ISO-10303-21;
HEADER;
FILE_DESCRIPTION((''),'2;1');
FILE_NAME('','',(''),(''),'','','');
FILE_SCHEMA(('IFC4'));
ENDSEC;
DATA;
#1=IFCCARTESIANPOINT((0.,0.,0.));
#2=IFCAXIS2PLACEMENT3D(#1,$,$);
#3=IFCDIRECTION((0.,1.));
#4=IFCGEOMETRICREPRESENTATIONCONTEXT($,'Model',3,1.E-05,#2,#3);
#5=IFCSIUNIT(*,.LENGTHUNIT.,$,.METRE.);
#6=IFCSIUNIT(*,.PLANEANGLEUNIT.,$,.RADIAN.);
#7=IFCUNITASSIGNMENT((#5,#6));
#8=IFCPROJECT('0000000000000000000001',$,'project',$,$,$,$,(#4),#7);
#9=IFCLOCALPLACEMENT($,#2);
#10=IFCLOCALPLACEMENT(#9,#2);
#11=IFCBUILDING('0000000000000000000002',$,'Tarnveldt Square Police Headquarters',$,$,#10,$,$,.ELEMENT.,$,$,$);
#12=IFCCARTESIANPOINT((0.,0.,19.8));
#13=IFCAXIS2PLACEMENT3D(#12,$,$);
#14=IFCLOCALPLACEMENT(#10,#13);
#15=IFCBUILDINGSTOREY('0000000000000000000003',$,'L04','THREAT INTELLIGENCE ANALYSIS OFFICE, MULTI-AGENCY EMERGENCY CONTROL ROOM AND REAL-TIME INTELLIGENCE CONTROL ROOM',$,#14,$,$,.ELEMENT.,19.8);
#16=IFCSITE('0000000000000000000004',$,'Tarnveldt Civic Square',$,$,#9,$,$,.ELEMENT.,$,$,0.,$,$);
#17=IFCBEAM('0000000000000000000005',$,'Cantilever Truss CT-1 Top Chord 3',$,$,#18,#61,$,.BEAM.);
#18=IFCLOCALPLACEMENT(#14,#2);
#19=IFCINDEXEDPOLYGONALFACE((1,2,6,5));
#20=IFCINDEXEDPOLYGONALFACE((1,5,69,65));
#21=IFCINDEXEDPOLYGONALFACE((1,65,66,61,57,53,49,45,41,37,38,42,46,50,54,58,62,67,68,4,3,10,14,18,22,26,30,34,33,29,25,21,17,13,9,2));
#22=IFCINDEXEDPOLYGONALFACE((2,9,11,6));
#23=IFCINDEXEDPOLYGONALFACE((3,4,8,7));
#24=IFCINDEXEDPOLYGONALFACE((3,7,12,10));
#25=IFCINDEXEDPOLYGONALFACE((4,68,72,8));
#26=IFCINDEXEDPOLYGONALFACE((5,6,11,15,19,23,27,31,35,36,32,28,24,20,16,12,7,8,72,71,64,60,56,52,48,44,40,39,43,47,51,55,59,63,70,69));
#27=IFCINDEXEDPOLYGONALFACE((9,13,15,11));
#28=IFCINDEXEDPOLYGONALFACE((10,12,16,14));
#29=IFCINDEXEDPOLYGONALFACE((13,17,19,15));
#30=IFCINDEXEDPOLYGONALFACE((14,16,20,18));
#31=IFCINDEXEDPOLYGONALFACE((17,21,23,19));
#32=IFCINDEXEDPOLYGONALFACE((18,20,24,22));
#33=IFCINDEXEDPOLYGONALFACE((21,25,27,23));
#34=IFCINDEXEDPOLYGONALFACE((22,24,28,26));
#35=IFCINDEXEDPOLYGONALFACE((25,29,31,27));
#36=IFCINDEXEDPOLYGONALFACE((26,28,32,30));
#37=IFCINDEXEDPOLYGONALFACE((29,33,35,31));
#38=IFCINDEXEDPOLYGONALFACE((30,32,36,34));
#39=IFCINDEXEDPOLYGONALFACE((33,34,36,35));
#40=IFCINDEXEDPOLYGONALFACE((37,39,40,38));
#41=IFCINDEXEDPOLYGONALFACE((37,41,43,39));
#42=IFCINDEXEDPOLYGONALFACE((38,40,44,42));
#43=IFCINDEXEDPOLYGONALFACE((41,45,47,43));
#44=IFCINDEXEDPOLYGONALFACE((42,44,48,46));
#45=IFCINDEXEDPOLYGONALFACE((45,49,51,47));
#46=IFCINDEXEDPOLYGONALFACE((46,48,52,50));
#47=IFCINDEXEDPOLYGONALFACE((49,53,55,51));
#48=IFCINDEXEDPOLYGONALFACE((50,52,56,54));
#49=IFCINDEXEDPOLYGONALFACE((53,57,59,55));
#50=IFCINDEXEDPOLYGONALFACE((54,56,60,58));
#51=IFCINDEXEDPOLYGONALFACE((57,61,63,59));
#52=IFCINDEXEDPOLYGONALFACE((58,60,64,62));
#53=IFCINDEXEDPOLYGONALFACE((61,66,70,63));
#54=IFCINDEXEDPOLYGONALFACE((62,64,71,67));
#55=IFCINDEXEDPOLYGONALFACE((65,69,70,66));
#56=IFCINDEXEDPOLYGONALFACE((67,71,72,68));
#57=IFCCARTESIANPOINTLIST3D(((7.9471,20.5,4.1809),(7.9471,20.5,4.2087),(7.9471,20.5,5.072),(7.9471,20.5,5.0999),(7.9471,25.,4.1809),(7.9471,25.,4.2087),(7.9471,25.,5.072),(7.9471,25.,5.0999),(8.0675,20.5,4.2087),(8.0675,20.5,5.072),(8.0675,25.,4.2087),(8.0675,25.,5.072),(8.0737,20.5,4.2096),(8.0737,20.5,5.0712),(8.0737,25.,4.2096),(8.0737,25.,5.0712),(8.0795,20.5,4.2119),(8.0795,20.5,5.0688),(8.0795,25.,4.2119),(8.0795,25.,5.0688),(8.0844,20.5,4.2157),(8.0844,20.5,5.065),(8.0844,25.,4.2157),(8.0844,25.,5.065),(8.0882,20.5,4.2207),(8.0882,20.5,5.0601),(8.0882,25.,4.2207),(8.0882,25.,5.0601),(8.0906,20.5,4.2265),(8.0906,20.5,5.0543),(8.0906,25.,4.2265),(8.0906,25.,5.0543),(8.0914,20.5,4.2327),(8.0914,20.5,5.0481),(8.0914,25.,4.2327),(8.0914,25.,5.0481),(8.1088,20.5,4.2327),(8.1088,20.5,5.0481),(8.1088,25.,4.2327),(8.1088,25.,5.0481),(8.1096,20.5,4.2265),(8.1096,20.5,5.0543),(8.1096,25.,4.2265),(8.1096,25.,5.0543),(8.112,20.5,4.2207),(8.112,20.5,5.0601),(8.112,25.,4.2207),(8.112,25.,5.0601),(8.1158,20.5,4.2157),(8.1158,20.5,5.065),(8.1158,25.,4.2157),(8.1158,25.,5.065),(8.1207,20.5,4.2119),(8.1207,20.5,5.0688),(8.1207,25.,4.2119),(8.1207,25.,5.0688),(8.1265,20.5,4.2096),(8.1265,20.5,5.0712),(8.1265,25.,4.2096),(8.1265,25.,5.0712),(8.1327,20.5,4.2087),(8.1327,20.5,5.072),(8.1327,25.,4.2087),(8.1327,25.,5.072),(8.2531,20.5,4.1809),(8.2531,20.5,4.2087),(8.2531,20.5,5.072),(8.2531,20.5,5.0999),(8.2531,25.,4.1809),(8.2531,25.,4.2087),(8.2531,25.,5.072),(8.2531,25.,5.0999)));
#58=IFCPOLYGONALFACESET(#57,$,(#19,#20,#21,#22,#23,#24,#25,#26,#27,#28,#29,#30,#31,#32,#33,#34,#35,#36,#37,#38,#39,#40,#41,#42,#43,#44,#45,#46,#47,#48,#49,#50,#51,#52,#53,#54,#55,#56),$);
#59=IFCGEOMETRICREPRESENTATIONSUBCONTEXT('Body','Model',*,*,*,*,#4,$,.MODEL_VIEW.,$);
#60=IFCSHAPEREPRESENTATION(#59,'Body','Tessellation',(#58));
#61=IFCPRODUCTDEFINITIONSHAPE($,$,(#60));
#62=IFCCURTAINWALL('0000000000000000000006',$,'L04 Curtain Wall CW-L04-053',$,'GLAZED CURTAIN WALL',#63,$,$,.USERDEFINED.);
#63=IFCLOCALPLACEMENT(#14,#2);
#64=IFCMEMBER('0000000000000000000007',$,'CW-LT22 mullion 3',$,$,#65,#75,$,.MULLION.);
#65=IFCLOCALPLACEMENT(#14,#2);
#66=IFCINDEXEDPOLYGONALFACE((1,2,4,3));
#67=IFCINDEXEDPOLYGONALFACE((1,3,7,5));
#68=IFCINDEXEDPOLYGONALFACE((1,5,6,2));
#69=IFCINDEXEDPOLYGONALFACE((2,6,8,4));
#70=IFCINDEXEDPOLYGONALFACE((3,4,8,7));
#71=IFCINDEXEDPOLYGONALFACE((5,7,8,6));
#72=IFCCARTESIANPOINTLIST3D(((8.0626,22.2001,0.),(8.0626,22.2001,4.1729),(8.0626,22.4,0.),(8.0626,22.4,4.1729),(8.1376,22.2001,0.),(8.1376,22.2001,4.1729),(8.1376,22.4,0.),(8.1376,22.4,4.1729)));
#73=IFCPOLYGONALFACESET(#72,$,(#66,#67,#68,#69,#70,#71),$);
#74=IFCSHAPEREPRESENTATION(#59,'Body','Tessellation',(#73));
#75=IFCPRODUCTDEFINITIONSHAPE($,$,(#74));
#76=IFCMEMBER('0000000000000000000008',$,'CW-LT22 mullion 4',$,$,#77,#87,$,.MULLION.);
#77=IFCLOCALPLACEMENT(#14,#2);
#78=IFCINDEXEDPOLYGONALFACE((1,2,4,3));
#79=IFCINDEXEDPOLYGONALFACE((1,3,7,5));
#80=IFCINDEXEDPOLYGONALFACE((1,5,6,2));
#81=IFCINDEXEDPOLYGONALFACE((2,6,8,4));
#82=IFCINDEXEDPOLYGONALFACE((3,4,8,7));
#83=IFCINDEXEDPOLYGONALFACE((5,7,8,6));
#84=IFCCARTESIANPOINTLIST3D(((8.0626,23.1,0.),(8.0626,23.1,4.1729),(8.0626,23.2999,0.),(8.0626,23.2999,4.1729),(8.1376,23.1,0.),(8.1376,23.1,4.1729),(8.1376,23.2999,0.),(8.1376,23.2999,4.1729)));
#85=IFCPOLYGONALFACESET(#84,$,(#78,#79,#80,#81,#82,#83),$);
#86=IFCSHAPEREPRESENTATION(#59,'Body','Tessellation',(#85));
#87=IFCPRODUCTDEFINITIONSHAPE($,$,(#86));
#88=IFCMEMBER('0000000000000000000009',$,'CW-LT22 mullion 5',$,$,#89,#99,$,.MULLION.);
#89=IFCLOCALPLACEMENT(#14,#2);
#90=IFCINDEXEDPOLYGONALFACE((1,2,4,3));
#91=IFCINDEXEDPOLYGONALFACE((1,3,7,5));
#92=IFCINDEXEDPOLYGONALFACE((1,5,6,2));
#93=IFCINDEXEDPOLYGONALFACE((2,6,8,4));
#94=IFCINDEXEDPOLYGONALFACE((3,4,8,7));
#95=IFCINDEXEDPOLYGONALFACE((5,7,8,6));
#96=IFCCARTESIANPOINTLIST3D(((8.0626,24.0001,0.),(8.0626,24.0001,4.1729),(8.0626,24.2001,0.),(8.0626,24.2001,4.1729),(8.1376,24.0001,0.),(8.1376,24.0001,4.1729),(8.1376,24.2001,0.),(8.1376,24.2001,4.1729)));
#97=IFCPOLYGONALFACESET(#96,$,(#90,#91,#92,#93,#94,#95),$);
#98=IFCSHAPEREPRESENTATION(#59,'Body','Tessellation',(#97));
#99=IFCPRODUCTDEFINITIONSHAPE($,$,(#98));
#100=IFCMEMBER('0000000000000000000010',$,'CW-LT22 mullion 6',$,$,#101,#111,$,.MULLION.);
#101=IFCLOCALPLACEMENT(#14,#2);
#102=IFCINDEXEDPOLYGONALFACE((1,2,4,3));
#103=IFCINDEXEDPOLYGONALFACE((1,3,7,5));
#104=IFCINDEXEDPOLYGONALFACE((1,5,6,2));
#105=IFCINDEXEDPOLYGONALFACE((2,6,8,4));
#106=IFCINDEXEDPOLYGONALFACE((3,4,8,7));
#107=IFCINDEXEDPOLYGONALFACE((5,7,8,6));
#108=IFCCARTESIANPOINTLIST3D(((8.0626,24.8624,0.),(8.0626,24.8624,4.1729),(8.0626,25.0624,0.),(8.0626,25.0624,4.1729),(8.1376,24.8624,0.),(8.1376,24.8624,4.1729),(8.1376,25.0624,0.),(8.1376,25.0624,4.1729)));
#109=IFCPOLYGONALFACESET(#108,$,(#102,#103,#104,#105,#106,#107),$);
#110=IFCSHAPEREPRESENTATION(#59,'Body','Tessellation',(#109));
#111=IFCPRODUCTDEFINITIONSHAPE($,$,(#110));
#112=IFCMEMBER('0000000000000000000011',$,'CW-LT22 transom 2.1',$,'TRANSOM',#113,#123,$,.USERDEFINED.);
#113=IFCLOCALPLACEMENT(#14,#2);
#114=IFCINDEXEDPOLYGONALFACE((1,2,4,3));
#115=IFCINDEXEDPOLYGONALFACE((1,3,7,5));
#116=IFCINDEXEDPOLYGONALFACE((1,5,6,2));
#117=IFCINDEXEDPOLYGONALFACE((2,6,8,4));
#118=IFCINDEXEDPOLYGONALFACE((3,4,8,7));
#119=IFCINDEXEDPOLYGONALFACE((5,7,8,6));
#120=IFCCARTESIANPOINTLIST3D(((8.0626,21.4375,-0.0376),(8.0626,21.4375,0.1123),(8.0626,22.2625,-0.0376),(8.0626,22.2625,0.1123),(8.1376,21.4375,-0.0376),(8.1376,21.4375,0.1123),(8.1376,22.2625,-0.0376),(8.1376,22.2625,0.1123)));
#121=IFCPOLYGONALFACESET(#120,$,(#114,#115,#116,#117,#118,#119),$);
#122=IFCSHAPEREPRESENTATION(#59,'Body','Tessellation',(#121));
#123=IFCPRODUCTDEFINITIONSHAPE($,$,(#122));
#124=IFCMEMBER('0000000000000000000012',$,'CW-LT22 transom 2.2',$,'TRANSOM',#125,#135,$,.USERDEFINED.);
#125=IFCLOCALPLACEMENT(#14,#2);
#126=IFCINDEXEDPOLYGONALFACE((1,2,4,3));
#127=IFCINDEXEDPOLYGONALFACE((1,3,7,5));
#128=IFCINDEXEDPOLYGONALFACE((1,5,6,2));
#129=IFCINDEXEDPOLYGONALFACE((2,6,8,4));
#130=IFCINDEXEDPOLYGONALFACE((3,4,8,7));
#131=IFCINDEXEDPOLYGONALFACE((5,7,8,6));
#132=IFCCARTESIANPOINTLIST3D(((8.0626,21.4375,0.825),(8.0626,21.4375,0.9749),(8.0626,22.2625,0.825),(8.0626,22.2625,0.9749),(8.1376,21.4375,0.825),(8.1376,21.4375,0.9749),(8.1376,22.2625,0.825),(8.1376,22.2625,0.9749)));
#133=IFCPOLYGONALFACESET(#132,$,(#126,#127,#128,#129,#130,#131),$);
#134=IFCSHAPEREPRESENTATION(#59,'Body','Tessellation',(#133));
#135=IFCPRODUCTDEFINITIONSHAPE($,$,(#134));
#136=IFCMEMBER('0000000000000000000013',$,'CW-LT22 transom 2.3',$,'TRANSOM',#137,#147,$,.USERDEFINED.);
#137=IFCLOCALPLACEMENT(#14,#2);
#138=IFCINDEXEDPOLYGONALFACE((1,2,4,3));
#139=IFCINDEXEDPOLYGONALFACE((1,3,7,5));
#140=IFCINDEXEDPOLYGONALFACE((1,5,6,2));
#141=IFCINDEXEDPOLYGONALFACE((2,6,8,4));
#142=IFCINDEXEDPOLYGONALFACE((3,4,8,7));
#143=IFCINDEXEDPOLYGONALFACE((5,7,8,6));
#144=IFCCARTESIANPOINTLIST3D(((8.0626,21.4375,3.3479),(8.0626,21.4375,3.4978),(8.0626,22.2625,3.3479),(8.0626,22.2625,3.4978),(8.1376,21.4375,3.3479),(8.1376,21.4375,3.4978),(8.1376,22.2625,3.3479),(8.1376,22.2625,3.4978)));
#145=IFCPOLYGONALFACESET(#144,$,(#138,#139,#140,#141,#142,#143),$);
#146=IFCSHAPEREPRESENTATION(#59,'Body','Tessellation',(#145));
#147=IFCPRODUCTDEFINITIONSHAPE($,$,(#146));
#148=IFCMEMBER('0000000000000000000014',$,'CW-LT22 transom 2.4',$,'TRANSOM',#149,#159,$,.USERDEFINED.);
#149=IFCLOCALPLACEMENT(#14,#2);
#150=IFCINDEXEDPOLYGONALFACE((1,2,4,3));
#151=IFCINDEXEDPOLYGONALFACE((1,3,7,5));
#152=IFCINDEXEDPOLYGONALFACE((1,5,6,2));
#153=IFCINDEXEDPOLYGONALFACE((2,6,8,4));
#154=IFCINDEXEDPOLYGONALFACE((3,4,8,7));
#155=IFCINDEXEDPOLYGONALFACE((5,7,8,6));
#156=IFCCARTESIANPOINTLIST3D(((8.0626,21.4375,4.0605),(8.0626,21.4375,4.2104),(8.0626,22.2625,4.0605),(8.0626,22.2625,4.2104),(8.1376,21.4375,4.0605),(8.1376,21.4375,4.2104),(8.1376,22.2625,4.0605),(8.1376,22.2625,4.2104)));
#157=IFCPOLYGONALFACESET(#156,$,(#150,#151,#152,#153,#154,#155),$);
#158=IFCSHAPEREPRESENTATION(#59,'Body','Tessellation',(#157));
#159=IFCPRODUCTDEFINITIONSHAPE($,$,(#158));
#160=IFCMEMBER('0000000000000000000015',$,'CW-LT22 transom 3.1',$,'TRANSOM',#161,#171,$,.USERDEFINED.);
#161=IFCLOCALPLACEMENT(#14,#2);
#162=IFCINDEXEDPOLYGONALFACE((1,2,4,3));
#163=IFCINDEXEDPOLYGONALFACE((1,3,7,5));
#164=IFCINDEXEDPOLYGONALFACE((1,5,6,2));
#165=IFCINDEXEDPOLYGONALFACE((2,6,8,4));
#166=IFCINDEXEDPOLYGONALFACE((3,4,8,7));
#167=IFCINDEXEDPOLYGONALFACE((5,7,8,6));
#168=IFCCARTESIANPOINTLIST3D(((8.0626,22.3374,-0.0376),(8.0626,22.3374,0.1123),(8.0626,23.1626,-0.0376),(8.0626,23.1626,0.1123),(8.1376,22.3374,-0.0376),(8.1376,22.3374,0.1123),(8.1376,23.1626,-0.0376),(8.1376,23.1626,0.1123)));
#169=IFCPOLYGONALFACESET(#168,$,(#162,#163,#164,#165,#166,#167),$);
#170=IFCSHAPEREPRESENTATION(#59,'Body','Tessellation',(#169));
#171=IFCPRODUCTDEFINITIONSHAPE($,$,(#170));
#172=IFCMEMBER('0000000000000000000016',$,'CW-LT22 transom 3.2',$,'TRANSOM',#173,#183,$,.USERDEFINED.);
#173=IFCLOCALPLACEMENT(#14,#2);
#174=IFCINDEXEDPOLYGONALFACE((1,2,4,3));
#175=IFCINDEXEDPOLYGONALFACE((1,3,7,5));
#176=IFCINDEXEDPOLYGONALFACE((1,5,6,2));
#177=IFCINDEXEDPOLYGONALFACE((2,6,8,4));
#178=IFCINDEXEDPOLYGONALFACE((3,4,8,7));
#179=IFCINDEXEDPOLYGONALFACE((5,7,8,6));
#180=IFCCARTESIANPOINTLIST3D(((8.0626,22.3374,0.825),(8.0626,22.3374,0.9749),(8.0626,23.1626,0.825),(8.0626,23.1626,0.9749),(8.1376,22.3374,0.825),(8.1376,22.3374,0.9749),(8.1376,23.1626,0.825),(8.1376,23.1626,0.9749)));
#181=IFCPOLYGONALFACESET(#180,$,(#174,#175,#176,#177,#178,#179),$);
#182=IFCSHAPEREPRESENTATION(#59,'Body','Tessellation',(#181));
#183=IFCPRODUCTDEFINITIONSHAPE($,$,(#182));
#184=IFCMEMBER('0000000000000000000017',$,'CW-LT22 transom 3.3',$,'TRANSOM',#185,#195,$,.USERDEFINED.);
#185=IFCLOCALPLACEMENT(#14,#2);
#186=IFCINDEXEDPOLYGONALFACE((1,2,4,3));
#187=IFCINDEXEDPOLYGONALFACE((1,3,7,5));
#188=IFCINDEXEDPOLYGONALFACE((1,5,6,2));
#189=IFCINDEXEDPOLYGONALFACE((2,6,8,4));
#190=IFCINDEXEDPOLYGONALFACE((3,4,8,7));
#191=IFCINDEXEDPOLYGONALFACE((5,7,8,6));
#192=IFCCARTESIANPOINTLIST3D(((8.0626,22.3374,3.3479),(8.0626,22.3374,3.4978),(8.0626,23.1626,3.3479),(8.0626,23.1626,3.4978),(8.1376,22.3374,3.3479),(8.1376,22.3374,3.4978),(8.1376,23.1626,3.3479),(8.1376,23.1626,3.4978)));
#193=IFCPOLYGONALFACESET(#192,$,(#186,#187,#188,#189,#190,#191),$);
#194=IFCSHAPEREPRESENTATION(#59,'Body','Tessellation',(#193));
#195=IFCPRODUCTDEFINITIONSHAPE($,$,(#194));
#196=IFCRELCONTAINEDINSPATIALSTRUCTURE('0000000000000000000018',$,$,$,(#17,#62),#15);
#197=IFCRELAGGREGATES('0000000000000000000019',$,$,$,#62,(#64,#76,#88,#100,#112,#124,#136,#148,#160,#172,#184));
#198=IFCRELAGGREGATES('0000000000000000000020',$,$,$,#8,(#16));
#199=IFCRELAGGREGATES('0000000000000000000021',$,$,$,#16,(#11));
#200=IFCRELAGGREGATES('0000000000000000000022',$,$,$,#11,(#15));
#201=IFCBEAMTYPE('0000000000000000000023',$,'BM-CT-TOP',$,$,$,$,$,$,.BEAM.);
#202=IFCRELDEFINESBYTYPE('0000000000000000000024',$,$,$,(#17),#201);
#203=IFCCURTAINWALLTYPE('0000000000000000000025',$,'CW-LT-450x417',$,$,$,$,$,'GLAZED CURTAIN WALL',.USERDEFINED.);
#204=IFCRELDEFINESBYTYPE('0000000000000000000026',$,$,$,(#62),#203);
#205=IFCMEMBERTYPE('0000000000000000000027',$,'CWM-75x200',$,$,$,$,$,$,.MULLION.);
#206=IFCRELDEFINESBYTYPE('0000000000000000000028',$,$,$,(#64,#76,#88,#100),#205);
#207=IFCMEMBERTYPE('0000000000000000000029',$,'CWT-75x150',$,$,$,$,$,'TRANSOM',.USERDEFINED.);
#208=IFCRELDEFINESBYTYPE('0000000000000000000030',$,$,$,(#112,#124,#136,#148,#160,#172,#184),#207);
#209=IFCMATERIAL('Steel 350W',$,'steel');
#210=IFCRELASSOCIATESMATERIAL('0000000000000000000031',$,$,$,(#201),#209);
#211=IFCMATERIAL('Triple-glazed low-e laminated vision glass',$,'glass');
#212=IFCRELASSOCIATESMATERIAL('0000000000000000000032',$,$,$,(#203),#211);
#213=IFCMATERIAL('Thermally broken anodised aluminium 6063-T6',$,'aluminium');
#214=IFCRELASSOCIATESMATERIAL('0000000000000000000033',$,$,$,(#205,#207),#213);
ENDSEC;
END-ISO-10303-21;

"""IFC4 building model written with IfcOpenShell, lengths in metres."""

from ifc_helpers import new_model, si_unit, direction, frame, origin, origin_2d, place, context, subcontext, project, spatial, rectangle, i_section, extrude, material, material_profile, profile_set, type_object, element, aggregate, save


model = new_model("IFC4")

# Units and contexts
model_context = context("Model", 3, precision=1e-05, world=origin(), true_north=direction((0.0, 1.0)))
body_context = subcontext(model_context, "Body", "Model", "MODEL_VIEW")
ifc_project = project(units=[si_unit("LENGTHUNIT", "METRE"), si_unit("PLANEANGLEUNIT", "RADIAN")], contexts=[model_context])

# Site, building, storey
site_placement = place(None, origin())
site = spatial("IfcSite", under=ifc_project, at=site_placement, Name="Tarnveldt Civic Square", CompositionType="ELEMENT", RefElevation=0.0)
building_placement = place(site_placement, origin())
building = spatial("IfcBuilding", under=site, at=building_placement, Name="Tarnveldt Square Police Headquarters", CompositionType="ELEMENT")
storey_placement = place(building_placement, frame((0.0, 0.0, 19.8)))
storey = spatial("IfcBuildingStorey", under=building, at=storey_placement, Name="L04", Description="THREAT INTELLIGENCE ANALYSIS OFFICE, MULTI-AGENCY EMERGENCY CONTROL ROOM AND REAL-TIME INTELLIGENCE CONTROL ROOM", CompositionType="ELEMENT", Elevation=19.8)

# Beam
ifc_material_1 = material(Name="Steel 350W", Category="steel")
ifc_material_profile_1 = material_profile(ifc_material_1, i_section(OverallWidth=0.3059, OverallDepth=0.9189, WebThickness=0.0173, FlangeThickness=0.0278, FilletRadius=0.0239, at=origin_2d()), Name="W920x253")
ifc_profile_set_1 = profile_set([ifc_material_profile_1], Name="Steel 350W")
beam_type = type_object("IfcBeamType", Name="BM-CT-TOP", PredefinedType="BEAM", material=ifc_profile_set_1)
beam_placement = place(storey_placement, frame((8.1001, 25.0, 4.6404), z_axis=(0.0, -1.0, 0.0), x_axis=(1.0, 0.0, 0.0)))
element("IfcBeam", 1, at=beam_placement, inside=storey, type_object=beam_type, Name="Cantilever Truss CT-1 Top Chord 3", PredefinedType="BEAM", context=body_context, shape_type="SweptSolid", body=[
    extrude(i_section(OverallWidth=0.3059, OverallDepth=0.9189, WebThickness=0.0173, FlangeThickness=0.0278, FilletRadius=0.0239, at=origin_2d()), origin(), (0.0, 0.0, 1.0), 4.5),
])

# Curtain wall, members
ifc_material_2 = material(Name="Triple-glazed low-e laminated vision glass", Category="glass")
curtain_wall_type = type_object("IfcCurtainWallType", Name="CW-LT-450x417", ElementType="GLAZED CURTAIN WALL", PredefinedType="USERDEFINED", material=ifc_material_2)
curtain_wall_placement = place(storey_placement, origin())
curtain_wall = element("IfcCurtainWall", 2, at=curtain_wall_placement, inside=storey, type_object=curtain_wall_type, Name="L04 Curtain Wall CW-L04-053", ObjectType="GLAZED CURTAIN WALL", PredefinedType="USERDEFINED")
ifc_material_3 = material(Name="Thermally broken anodised aluminium 6063-T6", Category="aluminium")
ifc_material_profile_2 = material_profile(ifc_material_3, rectangle(XDim=0.075, YDim=0.2, at=origin_2d()), Name="CW-M75x200")
ifc_profile_set_2 = profile_set([ifc_material_profile_2], Name="Thermally broken anodised aluminium 6063-T6")
member_type_1 = type_object("IfcMemberType", Name="CWM-75x200", PredefinedType="MULLION", material=ifc_profile_set_2)
member_1_placement = place(storey_placement, frame((8.1001, 22.3, 0.0), z_axis=(0.0, 0.0, 1.0), x_axis=(-1.0, 0.0, 0.0)))
member_1 = element("IfcMember", 3, at=member_1_placement, type_object=member_type_1, Name="CW-LT22 mullion 3", PredefinedType="MULLION", context=body_context, shape_type="SweptSolid", body=[
    extrude(rectangle(XDim=0.075, YDim=0.2, at=origin_2d()), origin(), (0.0, 0.0, 1.0), 4.1729),
])
member_2_placement = place(storey_placement, frame((8.1001, 23.2, 0.0), z_axis=(0.0, 0.0, 1.0), x_axis=(-1.0, 0.0, 0.0)))
member_2 = element("IfcMember", 4, at=member_2_placement, type_object=member_type_1, Name="CW-LT22 mullion 4", PredefinedType="MULLION", context=body_context, shape_type="SweptSolid", body=[
    extrude(rectangle(XDim=0.075, YDim=0.2, at=origin_2d()), origin(), (0.0, 0.0, 1.0), 4.1729),
])
member_3_placement = place(storey_placement, frame((8.1001, 24.1001, 0.0), z_axis=(0.0, 0.0, 1.0), x_axis=(-1.0, 0.0, 0.0)))
member_3 = element("IfcMember", 5, at=member_3_placement, type_object=member_type_1, Name="CW-LT22 mullion 5", PredefinedType="MULLION", context=body_context, shape_type="SweptSolid", body=[
    extrude(rectangle(XDim=0.075, YDim=0.2, at=origin_2d()), origin(), (0.0, 0.0, 1.0), 4.1729),
])
member_4_placement = place(storey_placement, frame((8.1001, 24.9624, 0.0), z_axis=(0.0, 0.0, 1.0), x_axis=(-1.0, 0.0, 0.0)))
member_4 = element("IfcMember", 6, at=member_4_placement, type_object=member_type_1, Name="CW-LT22 mullion 6", PredefinedType="MULLION", context=body_context, shape_type="SweptSolid", body=[
    extrude(rectangle(XDim=0.075, YDim=0.2, at=origin_2d()), origin(), (0.0, 0.0, 1.0), 4.1729),
])
ifc_material_profile_3 = material_profile(ifc_material_3, rectangle(XDim=0.075, YDim=0.1499, at=origin_2d()), Name="CW-T75x150")
ifc_profile_set_3 = profile_set([ifc_material_profile_3], Name="Thermally broken anodised aluminium 6063-T6")
member_type_2 = type_object("IfcMemberType", Name="CWT-75x150", ElementType="TRANSOM", PredefinedType="USERDEFINED", material=ifc_profile_set_3)
member_5_placement = place(storey_placement, frame((8.1001, 21.4375, 0.0374), z_axis=(0.0, 1.0, 0.0), x_axis=(-1.0, 0.0, 0.0)))
member_5 = element("IfcMember", 7, at=member_5_placement, type_object=member_type_2, Name="CW-LT22 transom 2.1", ObjectType="TRANSOM", PredefinedType="USERDEFINED", context=body_context, shape_type="SweptSolid", body=[
    extrude(rectangle(XDim=0.075, YDim=0.1499, at=origin_2d()), origin(), (0.0, 0.0, 1.0), 0.825),
])
member_6_placement = place(storey_placement, frame((8.1001, 21.4375, 0.8999), z_axis=(0.0, 1.0, 0.0), x_axis=(-1.0, 0.0, 0.0)))
member_6 = element("IfcMember", 8, at=member_6_placement, type_object=member_type_2, Name="CW-LT22 transom 2.2", ObjectType="TRANSOM", PredefinedType="USERDEFINED", context=body_context, shape_type="SweptSolid", body=[
    extrude(rectangle(XDim=0.075, YDim=0.1499, at=origin_2d()), origin(), (0.0, 0.0, 1.0), 0.825),
])
member_7_placement = place(storey_placement, frame((8.1001, 21.4375, 3.4229), z_axis=(0.0, 1.0, 0.0), x_axis=(-1.0, 0.0, 0.0)))
member_7 = element("IfcMember", 9, at=member_7_placement, type_object=member_type_2, Name="CW-LT22 transom 2.3", ObjectType="TRANSOM", PredefinedType="USERDEFINED", context=body_context, shape_type="SweptSolid", body=[
    extrude(rectangle(XDim=0.075, YDim=0.1499, at=origin_2d()), origin(), (0.0, 0.0, 1.0), 0.825),
])
member_8_placement = place(storey_placement, frame((8.1001, 21.4375, 4.1355), z_axis=(0.0, 1.0, 0.0), x_axis=(-1.0, 0.0, 0.0)))
member_8 = element("IfcMember", 10, at=member_8_placement, type_object=member_type_2, Name="CW-LT22 transom 2.4", ObjectType="TRANSOM", PredefinedType="USERDEFINED", context=body_context, shape_type="SweptSolid", body=[
    extrude(rectangle(XDim=0.075, YDim=0.1499, at=origin_2d()), origin(), (0.0, 0.0, 1.0), 0.825),
])
member_9_placement = place(storey_placement, frame((8.1001, 22.3374, 0.0374), z_axis=(0.0, 1.0, 0.0), x_axis=(-1.0, 0.0, 0.0)))
member_9 = element("IfcMember", 11, at=member_9_placement, type_object=member_type_2, Name="CW-LT22 transom 3.1", ObjectType="TRANSOM", PredefinedType="USERDEFINED", context=body_context, shape_type="SweptSolid", body=[
    extrude(rectangle(XDim=0.075, YDim=0.1499, at=origin_2d()), origin(), (0.0, 0.0, 1.0), 0.8252),
])
member_10_placement = place(storey_placement, frame((8.1001, 22.3374, 0.8999), z_axis=(0.0, 1.0, 0.0), x_axis=(-1.0, 0.0, 0.0)))
member_10 = element("IfcMember", 12, at=member_10_placement, type_object=member_type_2, Name="CW-LT22 transom 3.2", ObjectType="TRANSOM", PredefinedType="USERDEFINED", context=body_context, shape_type="SweptSolid", body=[
    extrude(rectangle(XDim=0.075, YDim=0.1499, at=origin_2d()), origin(), (0.0, 0.0, 1.0), 0.8252),
])
member_11_placement = place(storey_placement, frame((8.1001, 22.3374, 3.4229), z_axis=(0.0, 1.0, 0.0), x_axis=(-1.0, 0.0, 0.0)))
member_11 = element("IfcMember", 13, at=member_11_placement, type_object=member_type_2, Name="CW-LT22 transom 3.3", ObjectType="TRANSOM", PredefinedType="USERDEFINED", context=body_context, shape_type="SweptSolid", body=[
    extrude(rectangle(XDim=0.075, YDim=0.1499, at=origin_2d()), origin(), (0.0, 0.0, 1.0), 0.8252),
])

aggregate(curtain_wall, [member_1, member_2, member_3, member_4, member_5, member_6, member_7, member_8, member_9, member_10, member_11])

save(model, "model.ifc")
